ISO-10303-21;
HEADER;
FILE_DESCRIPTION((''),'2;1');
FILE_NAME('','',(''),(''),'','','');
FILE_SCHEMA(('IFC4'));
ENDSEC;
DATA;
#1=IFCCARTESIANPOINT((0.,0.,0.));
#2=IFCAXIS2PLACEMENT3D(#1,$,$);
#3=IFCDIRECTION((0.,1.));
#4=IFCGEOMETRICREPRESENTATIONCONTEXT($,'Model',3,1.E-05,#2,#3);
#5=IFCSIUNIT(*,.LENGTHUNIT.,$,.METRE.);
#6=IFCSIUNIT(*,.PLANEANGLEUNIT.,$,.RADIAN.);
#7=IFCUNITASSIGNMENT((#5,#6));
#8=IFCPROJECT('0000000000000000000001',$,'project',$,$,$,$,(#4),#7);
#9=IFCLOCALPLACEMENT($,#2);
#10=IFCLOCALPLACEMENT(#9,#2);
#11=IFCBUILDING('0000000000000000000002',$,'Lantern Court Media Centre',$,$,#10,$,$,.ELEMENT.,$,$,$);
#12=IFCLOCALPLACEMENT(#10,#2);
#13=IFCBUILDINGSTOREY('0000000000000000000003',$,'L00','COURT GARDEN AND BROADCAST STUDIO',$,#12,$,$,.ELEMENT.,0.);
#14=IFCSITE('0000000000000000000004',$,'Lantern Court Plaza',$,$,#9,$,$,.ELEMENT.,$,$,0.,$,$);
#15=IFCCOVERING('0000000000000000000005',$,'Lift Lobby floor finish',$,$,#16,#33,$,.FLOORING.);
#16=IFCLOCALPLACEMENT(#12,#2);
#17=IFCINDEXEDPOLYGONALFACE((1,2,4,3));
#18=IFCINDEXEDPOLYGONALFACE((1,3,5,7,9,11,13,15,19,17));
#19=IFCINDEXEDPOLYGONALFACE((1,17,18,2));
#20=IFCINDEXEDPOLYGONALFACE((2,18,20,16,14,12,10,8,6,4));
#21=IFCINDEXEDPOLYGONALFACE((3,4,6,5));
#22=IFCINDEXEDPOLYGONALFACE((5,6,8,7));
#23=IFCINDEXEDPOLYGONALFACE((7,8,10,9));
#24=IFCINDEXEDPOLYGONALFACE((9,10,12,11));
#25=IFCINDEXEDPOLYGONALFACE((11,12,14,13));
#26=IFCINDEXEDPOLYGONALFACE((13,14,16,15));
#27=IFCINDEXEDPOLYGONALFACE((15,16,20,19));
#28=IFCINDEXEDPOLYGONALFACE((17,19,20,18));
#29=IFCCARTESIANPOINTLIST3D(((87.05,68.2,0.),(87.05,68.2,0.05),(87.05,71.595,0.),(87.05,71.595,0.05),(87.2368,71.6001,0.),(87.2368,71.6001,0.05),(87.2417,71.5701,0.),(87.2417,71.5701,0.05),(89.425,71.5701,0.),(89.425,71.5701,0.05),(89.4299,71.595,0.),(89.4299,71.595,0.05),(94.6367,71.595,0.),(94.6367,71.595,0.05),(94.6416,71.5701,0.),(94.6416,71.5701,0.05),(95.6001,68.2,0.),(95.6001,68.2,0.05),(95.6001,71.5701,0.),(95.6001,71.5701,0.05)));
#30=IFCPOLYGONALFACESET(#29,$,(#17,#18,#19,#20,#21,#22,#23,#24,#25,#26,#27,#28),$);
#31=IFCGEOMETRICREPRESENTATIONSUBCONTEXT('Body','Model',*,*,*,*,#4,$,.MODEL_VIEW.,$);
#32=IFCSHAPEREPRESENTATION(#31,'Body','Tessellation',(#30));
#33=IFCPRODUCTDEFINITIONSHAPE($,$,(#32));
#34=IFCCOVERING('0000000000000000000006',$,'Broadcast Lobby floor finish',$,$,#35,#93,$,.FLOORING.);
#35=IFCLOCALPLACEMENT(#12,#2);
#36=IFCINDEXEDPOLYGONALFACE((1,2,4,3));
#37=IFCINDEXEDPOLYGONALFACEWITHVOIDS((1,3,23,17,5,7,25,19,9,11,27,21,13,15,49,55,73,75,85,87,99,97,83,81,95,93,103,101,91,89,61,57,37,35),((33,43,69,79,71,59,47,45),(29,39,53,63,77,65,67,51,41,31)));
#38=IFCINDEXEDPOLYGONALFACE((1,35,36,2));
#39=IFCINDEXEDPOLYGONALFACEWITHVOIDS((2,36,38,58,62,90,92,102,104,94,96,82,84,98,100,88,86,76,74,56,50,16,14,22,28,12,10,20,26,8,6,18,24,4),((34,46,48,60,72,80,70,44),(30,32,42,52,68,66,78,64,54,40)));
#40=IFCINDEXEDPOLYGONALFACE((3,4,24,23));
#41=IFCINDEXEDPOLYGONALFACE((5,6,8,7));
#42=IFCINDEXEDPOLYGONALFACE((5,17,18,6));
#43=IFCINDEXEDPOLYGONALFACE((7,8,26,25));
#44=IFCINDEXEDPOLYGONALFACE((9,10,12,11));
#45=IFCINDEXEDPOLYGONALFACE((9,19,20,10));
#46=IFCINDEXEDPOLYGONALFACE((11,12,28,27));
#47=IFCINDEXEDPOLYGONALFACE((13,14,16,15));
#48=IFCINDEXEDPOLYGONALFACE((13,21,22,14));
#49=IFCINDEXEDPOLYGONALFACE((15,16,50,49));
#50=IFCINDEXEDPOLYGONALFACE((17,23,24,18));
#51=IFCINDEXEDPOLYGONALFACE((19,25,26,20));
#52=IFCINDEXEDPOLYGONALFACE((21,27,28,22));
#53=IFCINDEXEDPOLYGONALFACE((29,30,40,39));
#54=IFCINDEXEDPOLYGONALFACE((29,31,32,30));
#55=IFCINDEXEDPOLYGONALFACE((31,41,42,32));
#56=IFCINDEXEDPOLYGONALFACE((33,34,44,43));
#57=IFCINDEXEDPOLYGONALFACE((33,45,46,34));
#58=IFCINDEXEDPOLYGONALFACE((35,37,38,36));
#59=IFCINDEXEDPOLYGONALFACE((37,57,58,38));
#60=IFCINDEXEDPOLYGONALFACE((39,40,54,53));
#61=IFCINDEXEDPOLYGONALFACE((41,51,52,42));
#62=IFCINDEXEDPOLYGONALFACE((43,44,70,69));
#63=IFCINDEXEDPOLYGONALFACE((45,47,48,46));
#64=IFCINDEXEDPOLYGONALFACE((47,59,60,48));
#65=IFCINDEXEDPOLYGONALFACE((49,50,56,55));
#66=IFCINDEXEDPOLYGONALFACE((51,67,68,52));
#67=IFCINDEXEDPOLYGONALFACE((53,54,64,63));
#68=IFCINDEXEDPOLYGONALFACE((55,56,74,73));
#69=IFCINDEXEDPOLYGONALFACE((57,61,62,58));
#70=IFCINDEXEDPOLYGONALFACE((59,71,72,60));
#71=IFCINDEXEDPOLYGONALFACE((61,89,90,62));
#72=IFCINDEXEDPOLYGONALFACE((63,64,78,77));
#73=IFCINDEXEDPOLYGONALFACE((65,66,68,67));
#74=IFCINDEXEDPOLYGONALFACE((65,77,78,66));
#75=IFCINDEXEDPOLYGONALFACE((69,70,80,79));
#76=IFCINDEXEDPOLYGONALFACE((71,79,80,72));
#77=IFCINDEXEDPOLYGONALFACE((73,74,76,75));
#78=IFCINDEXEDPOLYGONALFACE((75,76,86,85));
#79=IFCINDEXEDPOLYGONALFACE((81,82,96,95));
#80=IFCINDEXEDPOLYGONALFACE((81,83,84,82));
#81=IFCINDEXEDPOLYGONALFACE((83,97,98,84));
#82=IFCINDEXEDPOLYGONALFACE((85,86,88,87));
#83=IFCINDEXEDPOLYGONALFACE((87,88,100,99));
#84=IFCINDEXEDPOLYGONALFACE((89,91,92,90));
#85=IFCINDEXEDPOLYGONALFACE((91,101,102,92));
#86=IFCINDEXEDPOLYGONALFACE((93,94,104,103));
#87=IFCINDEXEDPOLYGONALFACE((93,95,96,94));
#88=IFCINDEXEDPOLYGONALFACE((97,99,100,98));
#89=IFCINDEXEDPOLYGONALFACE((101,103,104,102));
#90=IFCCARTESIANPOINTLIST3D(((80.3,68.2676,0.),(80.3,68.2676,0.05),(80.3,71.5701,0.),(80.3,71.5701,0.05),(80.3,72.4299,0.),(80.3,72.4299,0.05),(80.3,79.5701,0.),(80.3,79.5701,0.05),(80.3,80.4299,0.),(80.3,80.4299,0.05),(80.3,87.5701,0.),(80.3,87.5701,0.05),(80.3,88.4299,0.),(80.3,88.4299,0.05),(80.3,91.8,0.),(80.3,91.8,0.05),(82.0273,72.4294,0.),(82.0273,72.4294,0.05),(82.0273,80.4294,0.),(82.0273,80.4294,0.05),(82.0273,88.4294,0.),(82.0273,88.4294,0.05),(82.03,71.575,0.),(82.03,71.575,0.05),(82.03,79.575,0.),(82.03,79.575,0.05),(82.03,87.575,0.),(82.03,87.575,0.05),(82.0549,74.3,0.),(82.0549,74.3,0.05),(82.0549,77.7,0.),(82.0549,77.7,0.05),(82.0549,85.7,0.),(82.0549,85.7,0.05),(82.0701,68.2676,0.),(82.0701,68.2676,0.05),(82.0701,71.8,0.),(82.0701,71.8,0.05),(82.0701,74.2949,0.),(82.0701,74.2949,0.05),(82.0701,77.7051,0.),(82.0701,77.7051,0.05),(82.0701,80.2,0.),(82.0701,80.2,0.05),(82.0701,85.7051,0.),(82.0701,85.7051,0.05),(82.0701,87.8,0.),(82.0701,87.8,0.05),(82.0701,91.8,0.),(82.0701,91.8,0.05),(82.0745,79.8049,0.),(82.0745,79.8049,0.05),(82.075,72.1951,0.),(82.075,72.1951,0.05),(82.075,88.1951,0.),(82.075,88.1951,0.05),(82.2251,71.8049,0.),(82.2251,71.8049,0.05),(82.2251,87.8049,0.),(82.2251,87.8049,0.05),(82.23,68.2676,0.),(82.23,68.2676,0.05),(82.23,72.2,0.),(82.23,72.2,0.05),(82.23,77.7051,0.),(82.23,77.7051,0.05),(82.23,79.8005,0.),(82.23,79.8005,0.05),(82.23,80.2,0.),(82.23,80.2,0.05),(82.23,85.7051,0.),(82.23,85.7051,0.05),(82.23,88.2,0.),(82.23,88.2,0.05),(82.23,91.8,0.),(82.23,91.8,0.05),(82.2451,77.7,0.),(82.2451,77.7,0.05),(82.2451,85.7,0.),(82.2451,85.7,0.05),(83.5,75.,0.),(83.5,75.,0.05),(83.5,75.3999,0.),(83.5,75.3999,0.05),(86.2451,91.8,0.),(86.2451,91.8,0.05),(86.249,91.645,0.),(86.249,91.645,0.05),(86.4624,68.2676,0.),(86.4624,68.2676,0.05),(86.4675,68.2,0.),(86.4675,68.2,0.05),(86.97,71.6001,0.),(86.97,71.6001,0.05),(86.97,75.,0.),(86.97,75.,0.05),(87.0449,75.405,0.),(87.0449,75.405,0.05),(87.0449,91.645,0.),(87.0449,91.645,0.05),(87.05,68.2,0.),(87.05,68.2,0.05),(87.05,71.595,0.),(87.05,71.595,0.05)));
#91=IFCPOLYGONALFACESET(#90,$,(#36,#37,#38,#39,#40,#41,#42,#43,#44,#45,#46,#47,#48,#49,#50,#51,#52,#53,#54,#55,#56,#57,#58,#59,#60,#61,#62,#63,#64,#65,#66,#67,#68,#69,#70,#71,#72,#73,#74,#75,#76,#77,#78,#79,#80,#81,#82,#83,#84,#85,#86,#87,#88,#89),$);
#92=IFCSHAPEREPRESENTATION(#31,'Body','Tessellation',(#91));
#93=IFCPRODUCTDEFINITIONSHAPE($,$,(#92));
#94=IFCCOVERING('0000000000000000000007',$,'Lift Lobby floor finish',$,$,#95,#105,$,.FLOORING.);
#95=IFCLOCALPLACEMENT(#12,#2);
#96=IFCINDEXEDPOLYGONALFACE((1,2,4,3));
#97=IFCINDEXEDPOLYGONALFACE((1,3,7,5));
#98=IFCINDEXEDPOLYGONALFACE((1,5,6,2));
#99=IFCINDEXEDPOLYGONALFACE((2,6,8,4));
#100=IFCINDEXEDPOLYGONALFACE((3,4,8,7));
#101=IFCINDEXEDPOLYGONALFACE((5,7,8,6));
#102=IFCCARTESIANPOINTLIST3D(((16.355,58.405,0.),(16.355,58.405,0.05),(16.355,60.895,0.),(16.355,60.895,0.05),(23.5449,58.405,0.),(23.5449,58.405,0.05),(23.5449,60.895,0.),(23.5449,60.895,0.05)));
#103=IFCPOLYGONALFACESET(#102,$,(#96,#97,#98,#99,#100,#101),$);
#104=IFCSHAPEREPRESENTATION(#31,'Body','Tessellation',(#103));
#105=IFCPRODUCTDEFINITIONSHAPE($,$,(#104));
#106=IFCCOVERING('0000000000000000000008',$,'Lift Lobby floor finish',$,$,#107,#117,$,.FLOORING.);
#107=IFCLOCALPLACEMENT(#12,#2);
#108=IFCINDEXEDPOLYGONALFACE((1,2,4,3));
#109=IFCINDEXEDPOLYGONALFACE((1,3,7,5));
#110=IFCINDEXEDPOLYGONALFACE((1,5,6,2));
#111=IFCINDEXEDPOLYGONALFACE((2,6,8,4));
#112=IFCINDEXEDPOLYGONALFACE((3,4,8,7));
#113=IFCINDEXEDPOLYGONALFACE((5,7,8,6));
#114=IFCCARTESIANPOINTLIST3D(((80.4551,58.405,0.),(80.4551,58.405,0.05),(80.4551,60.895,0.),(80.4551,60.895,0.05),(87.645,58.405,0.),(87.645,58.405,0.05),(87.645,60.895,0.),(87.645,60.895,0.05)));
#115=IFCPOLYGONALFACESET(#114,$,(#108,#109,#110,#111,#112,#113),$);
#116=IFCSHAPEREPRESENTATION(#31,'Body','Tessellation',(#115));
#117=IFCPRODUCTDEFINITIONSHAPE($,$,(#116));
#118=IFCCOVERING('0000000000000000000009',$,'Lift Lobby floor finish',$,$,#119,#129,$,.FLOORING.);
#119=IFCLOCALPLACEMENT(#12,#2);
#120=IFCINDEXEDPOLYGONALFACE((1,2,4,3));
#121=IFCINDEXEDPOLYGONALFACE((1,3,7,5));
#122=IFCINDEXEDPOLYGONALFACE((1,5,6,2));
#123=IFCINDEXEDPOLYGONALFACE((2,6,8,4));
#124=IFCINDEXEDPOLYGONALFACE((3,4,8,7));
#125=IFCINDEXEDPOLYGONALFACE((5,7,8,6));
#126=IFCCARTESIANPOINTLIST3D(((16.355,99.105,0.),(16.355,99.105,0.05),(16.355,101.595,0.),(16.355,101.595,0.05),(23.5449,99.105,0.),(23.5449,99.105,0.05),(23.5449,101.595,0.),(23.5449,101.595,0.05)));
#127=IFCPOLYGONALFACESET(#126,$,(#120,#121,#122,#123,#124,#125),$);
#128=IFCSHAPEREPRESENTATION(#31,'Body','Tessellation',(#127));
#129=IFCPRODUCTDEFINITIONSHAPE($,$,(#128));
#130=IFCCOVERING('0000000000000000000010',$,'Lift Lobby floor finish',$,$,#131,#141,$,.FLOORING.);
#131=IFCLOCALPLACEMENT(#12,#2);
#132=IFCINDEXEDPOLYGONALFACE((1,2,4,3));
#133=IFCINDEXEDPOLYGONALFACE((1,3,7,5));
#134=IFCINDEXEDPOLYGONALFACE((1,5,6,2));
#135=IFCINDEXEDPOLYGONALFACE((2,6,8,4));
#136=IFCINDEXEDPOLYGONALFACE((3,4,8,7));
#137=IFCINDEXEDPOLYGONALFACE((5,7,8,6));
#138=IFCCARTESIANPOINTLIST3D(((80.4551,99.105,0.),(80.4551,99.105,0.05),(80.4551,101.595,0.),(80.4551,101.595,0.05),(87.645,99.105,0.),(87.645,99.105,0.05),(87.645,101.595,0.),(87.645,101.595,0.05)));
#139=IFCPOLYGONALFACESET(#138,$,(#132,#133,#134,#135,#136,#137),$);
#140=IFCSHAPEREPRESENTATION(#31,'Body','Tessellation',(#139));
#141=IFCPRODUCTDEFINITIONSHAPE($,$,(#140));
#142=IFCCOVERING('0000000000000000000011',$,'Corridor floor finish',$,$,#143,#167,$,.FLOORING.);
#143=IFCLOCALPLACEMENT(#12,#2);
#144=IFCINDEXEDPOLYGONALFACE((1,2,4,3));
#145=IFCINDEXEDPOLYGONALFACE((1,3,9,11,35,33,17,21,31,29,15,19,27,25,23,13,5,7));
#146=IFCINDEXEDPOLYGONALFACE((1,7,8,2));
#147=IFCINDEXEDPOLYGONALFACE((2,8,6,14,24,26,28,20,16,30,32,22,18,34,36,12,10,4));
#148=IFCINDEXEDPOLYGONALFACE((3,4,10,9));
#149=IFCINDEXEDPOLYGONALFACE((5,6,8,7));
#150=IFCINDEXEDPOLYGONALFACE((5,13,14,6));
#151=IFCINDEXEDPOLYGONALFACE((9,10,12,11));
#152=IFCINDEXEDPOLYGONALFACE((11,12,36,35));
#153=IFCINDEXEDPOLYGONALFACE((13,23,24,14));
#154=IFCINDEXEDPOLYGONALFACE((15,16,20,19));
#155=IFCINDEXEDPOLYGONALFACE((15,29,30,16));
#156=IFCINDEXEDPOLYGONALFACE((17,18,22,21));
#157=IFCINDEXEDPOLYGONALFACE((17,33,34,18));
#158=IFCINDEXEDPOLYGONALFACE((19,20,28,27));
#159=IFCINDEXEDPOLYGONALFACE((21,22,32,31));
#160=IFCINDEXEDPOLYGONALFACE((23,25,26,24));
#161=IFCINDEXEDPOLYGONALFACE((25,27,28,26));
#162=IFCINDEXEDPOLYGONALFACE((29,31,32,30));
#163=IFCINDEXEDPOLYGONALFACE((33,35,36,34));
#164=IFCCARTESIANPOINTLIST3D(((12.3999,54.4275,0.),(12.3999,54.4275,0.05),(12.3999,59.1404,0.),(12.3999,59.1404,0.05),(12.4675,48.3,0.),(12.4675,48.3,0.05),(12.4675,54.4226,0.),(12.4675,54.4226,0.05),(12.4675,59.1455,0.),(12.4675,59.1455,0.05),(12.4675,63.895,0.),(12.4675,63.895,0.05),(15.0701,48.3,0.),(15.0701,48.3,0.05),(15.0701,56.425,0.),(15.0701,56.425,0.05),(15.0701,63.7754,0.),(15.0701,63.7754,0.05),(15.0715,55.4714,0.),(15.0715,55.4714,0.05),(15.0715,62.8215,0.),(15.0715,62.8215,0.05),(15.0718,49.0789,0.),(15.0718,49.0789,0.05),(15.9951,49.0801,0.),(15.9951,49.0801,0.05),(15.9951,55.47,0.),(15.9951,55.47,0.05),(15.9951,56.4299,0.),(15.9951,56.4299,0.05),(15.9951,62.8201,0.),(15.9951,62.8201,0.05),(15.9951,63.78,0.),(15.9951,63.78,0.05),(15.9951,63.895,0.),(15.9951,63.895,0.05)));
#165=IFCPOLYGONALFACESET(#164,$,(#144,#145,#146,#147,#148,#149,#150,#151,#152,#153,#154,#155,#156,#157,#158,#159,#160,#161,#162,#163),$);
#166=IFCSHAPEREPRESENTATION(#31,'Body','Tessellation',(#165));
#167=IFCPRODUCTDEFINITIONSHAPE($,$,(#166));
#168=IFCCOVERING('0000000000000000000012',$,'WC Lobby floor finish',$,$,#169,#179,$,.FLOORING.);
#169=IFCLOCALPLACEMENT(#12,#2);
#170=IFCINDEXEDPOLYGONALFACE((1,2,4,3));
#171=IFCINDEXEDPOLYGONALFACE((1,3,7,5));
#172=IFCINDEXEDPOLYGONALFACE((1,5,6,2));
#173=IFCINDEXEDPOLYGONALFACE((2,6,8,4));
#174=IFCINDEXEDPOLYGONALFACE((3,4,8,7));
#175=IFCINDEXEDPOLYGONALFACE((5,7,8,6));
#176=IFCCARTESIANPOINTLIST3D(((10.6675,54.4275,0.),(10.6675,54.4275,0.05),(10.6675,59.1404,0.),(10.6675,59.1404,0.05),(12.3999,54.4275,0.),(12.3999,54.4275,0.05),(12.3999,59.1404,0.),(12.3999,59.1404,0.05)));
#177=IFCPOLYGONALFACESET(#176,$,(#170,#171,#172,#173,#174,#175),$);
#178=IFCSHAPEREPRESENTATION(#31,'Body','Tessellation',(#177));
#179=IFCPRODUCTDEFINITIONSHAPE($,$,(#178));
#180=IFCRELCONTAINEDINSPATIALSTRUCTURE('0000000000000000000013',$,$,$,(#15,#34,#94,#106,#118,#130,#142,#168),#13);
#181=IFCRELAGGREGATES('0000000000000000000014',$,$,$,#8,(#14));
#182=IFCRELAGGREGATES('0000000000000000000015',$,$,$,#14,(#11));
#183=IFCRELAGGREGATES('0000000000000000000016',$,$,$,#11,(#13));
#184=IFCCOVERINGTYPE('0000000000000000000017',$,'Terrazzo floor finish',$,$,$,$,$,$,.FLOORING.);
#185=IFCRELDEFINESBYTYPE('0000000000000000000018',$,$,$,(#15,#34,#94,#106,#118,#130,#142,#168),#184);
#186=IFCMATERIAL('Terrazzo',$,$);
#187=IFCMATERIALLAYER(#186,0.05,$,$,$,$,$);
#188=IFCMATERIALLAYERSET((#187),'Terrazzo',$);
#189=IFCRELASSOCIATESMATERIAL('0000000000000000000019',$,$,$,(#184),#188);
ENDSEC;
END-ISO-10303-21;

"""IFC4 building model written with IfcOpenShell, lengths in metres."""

from ifc_helpers import new_model, si_unit, direction, origin, place, context, subcontext, project, spatial, polyline, outline, extrude, material, layer, layer_set, type_object, element, save


model = new_model("IFC4")

# Units and contexts
model_context = context("Model", 3, precision=1e-05, world=origin(), true_north=direction((0.0, 1.0)))
body_context = subcontext(model_context, "Body", "Model", "MODEL_VIEW")
ifc_project = project(units=[si_unit("LENGTHUNIT", "METRE"), si_unit("PLANEANGLEUNIT", "RADIAN")], contexts=[model_context])

# Site, building, storey
site_placement = place(None, origin())
site = spatial("IfcSite", under=ifc_project, at=site_placement, Name="Lantern Court Plaza", CompositionType="ELEMENT", RefElevation=0.0)
building_placement = place(site_placement, origin())
building = spatial("IfcBuilding", under=site, at=building_placement, Name="Lantern Court Media Centre", CompositionType="ELEMENT")
storey_placement = place(building_placement, origin())
storey = spatial("IfcBuildingStorey", under=building, at=storey_placement, Name="L00", Description="COURT GARDEN AND BROADCAST STUDIO", CompositionType="ELEMENT", Elevation=0.0)

# Coverings
ifc_material_1 = material(Name="Terrazzo")
ifc_layer_1 = layer(ifc_material_1, 0.05)
ifc_layer_set_1 = layer_set([ifc_layer_1], Name="Terrazzo")
covering_type_1 = type_object("IfcCoveringType", Name="Terrazzo floor finish", PredefinedType="FLOORING", material=ifc_layer_set_1)
covering_1_placement = place(storey_placement, origin())
element("IfcCovering", 1, at=covering_1_placement, inside=storey, type_object=covering_type_1, Name="Lift Lobby floor finish", PredefinedType="FLOORING", context=body_context, shape_type="SweptSolid", body=[
    extrude(outline(polyline([(95.6001, 68.2), (87.05, 68.2), (87.05, 71.595), (87.2368, 71.6001), (87.2417, 71.5701), (89.425, 71.5701), (89.4299, 71.595), (94.6367, 71.595), (94.6416, 71.5701), (95.6001, 71.5701), (95.6001, 68.2)])), origin(), (0.0, 0.0, 1.0), 0.05),
])
covering_2_placement = place(storey_placement, origin())
element("IfcCovering", 2, at=covering_2_placement, inside=storey, type_object=covering_type_1, Name="Broadcast Lobby floor finish", PredefinedType="FLOORING", context=body_context, shape_type="SweptSolid", body=[
    extrude(outline(polyline([(83.5, 75.3999), (83.5, 75.0), (86.97, 75.0), (86.97, 71.6001), (87.05, 71.595), (87.05, 68.2), (86.4675, 68.2), (86.4624, 68.2676), (82.23, 68.2676), (82.2251, 71.8049), (82.0701, 71.8), (82.0701, 68.2676), (80.3, 68.2676), (80.3, 71.5701), (82.03, 71.575), (82.0273, 72.4294), (80.3, 72.4299), (80.3, 79.5701), (82.03, 79.575), (82.0273, 80.4294), (80.3, 80.4299), (80.3, 87.5701), (82.03, 87.575), (82.0273, 88.4294), (80.3, 88.4299), (80.3, 91.8), (82.0701, 91.8), (82.075, 88.1951), (82.23, 88.2), (82.23, 91.8), (86.2451, 91.8), (86.249, 91.645), (87.0449, 91.645), (87.0449, 75.405), (83.5, 75.3999)]), holes=[polyline([(82.0701, 80.2), (82.23, 80.2), (82.2451, 85.7), (82.23, 85.7051), (82.2251, 87.8049), (82.0701, 87.8), (82.0701, 85.7051), (82.0549, 85.7), (82.0701, 80.2)]), polyline([(82.2451, 77.7), (82.23, 77.7051), (82.23, 79.8005), (82.0745, 79.8049), (82.0701, 77.7051), (82.0549, 77.7), (82.0549, 74.3), (82.0701, 74.2949), (82.075, 72.1951), (82.23, 72.2), (82.2451, 77.7)])]), origin(), (0.0, 0.0, 1.0), 0.05),
])
covering_3_placement = place(storey_placement, origin())
element("IfcCovering", 3, at=covering_3_placement, inside=storey, type_object=covering_type_1, Name="Lift Lobby floor finish", PredefinedType="FLOORING", context=body_context, shape_type="SweptSolid", body=[
    extrude(outline(polyline([(16.355, 60.895), (23.5449, 60.895), (23.5449, 58.405), (16.355, 58.405), (16.355, 60.895)])), origin(), (0.0, 0.0, 1.0), 0.05),
])
covering_4_placement = place(storey_placement, origin())
element("IfcCovering", 4, at=covering_4_placement, inside=storey, type_object=covering_type_1, Name="Lift Lobby floor finish", PredefinedType="FLOORING", context=body_context, shape_type="SweptSolid", body=[
    extrude(outline(polyline([(80.4551, 58.405), (80.4551, 60.895), (87.645, 60.895), (87.645, 58.405), (80.4551, 58.405)])), origin(), (0.0, 0.0, 1.0), 0.05),
])
covering_5_placement = place(storey_placement, origin())
element("IfcCovering", 5, at=covering_5_placement, inside=storey, type_object=covering_type_1, Name="Lift Lobby floor finish", PredefinedType="FLOORING", context=body_context, shape_type="SweptSolid", body=[
    extrude(outline(polyline([(16.355, 101.595), (23.5449, 101.595), (23.5449, 99.105), (16.355, 99.105), (16.355, 101.595)])), origin(), (0.0, 0.0, 1.0), 0.05),
])
covering_6_placement = place(storey_placement, origin())
element("IfcCovering", 6, at=covering_6_placement, inside=storey, type_object=covering_type_1, Name="Lift Lobby floor finish", PredefinedType="FLOORING", context=body_context, shape_type="SweptSolid", body=[
    extrude(outline(polyline([(80.4551, 99.105), (80.4551, 101.595), (87.645, 101.595), (87.645, 99.105), (80.4551, 99.105)])), origin(), (0.0, 0.0, 1.0), 0.05),
])
covering_7_placement = place(storey_placement, origin())
element("IfcCovering", 7, at=covering_7_placement, inside=storey, type_object=covering_type_1, Name="Corridor floor finish", PredefinedType="FLOORING", context=body_context, shape_type="SweptSolid", body=[
    extrude(outline(polyline([(12.3999, 59.1404), (12.4675, 59.1455), (12.4675, 63.895), (15.9951, 63.895), (15.9951, 63.78), (15.0701, 63.7754), (15.0715, 62.8215), (15.9951, 62.8201), (15.9951, 56.4299), (15.0701, 56.425), (15.0715, 55.4714), (15.9951, 55.47), (15.9951, 49.0801), (15.0718, 49.0789), (15.0701, 48.3), (12.4675, 48.3), (12.4675, 54.4226), (12.3999, 54.4275), (12.3999, 59.1404)])), origin(), (0.0, 0.0, 1.0), 0.05),
])
covering_8_placement = place(storey_placement, origin())
element("IfcCovering", 8, at=covering_8_placement, inside=storey, type_object=covering_type_1, Name="WC Lobby floor finish", PredefinedType="FLOORING", context=body_context, shape_type="SweptSolid", body=[
    extrude(outline(polyline([(12.3999, 54.4275), (10.6675, 54.4275), (10.6675, 59.1404), (12.3999, 59.1404), (12.3999, 54.4275)])), origin(), (0.0, 0.0, 1.0), 0.05),
])

save(model, "model.ifc")
